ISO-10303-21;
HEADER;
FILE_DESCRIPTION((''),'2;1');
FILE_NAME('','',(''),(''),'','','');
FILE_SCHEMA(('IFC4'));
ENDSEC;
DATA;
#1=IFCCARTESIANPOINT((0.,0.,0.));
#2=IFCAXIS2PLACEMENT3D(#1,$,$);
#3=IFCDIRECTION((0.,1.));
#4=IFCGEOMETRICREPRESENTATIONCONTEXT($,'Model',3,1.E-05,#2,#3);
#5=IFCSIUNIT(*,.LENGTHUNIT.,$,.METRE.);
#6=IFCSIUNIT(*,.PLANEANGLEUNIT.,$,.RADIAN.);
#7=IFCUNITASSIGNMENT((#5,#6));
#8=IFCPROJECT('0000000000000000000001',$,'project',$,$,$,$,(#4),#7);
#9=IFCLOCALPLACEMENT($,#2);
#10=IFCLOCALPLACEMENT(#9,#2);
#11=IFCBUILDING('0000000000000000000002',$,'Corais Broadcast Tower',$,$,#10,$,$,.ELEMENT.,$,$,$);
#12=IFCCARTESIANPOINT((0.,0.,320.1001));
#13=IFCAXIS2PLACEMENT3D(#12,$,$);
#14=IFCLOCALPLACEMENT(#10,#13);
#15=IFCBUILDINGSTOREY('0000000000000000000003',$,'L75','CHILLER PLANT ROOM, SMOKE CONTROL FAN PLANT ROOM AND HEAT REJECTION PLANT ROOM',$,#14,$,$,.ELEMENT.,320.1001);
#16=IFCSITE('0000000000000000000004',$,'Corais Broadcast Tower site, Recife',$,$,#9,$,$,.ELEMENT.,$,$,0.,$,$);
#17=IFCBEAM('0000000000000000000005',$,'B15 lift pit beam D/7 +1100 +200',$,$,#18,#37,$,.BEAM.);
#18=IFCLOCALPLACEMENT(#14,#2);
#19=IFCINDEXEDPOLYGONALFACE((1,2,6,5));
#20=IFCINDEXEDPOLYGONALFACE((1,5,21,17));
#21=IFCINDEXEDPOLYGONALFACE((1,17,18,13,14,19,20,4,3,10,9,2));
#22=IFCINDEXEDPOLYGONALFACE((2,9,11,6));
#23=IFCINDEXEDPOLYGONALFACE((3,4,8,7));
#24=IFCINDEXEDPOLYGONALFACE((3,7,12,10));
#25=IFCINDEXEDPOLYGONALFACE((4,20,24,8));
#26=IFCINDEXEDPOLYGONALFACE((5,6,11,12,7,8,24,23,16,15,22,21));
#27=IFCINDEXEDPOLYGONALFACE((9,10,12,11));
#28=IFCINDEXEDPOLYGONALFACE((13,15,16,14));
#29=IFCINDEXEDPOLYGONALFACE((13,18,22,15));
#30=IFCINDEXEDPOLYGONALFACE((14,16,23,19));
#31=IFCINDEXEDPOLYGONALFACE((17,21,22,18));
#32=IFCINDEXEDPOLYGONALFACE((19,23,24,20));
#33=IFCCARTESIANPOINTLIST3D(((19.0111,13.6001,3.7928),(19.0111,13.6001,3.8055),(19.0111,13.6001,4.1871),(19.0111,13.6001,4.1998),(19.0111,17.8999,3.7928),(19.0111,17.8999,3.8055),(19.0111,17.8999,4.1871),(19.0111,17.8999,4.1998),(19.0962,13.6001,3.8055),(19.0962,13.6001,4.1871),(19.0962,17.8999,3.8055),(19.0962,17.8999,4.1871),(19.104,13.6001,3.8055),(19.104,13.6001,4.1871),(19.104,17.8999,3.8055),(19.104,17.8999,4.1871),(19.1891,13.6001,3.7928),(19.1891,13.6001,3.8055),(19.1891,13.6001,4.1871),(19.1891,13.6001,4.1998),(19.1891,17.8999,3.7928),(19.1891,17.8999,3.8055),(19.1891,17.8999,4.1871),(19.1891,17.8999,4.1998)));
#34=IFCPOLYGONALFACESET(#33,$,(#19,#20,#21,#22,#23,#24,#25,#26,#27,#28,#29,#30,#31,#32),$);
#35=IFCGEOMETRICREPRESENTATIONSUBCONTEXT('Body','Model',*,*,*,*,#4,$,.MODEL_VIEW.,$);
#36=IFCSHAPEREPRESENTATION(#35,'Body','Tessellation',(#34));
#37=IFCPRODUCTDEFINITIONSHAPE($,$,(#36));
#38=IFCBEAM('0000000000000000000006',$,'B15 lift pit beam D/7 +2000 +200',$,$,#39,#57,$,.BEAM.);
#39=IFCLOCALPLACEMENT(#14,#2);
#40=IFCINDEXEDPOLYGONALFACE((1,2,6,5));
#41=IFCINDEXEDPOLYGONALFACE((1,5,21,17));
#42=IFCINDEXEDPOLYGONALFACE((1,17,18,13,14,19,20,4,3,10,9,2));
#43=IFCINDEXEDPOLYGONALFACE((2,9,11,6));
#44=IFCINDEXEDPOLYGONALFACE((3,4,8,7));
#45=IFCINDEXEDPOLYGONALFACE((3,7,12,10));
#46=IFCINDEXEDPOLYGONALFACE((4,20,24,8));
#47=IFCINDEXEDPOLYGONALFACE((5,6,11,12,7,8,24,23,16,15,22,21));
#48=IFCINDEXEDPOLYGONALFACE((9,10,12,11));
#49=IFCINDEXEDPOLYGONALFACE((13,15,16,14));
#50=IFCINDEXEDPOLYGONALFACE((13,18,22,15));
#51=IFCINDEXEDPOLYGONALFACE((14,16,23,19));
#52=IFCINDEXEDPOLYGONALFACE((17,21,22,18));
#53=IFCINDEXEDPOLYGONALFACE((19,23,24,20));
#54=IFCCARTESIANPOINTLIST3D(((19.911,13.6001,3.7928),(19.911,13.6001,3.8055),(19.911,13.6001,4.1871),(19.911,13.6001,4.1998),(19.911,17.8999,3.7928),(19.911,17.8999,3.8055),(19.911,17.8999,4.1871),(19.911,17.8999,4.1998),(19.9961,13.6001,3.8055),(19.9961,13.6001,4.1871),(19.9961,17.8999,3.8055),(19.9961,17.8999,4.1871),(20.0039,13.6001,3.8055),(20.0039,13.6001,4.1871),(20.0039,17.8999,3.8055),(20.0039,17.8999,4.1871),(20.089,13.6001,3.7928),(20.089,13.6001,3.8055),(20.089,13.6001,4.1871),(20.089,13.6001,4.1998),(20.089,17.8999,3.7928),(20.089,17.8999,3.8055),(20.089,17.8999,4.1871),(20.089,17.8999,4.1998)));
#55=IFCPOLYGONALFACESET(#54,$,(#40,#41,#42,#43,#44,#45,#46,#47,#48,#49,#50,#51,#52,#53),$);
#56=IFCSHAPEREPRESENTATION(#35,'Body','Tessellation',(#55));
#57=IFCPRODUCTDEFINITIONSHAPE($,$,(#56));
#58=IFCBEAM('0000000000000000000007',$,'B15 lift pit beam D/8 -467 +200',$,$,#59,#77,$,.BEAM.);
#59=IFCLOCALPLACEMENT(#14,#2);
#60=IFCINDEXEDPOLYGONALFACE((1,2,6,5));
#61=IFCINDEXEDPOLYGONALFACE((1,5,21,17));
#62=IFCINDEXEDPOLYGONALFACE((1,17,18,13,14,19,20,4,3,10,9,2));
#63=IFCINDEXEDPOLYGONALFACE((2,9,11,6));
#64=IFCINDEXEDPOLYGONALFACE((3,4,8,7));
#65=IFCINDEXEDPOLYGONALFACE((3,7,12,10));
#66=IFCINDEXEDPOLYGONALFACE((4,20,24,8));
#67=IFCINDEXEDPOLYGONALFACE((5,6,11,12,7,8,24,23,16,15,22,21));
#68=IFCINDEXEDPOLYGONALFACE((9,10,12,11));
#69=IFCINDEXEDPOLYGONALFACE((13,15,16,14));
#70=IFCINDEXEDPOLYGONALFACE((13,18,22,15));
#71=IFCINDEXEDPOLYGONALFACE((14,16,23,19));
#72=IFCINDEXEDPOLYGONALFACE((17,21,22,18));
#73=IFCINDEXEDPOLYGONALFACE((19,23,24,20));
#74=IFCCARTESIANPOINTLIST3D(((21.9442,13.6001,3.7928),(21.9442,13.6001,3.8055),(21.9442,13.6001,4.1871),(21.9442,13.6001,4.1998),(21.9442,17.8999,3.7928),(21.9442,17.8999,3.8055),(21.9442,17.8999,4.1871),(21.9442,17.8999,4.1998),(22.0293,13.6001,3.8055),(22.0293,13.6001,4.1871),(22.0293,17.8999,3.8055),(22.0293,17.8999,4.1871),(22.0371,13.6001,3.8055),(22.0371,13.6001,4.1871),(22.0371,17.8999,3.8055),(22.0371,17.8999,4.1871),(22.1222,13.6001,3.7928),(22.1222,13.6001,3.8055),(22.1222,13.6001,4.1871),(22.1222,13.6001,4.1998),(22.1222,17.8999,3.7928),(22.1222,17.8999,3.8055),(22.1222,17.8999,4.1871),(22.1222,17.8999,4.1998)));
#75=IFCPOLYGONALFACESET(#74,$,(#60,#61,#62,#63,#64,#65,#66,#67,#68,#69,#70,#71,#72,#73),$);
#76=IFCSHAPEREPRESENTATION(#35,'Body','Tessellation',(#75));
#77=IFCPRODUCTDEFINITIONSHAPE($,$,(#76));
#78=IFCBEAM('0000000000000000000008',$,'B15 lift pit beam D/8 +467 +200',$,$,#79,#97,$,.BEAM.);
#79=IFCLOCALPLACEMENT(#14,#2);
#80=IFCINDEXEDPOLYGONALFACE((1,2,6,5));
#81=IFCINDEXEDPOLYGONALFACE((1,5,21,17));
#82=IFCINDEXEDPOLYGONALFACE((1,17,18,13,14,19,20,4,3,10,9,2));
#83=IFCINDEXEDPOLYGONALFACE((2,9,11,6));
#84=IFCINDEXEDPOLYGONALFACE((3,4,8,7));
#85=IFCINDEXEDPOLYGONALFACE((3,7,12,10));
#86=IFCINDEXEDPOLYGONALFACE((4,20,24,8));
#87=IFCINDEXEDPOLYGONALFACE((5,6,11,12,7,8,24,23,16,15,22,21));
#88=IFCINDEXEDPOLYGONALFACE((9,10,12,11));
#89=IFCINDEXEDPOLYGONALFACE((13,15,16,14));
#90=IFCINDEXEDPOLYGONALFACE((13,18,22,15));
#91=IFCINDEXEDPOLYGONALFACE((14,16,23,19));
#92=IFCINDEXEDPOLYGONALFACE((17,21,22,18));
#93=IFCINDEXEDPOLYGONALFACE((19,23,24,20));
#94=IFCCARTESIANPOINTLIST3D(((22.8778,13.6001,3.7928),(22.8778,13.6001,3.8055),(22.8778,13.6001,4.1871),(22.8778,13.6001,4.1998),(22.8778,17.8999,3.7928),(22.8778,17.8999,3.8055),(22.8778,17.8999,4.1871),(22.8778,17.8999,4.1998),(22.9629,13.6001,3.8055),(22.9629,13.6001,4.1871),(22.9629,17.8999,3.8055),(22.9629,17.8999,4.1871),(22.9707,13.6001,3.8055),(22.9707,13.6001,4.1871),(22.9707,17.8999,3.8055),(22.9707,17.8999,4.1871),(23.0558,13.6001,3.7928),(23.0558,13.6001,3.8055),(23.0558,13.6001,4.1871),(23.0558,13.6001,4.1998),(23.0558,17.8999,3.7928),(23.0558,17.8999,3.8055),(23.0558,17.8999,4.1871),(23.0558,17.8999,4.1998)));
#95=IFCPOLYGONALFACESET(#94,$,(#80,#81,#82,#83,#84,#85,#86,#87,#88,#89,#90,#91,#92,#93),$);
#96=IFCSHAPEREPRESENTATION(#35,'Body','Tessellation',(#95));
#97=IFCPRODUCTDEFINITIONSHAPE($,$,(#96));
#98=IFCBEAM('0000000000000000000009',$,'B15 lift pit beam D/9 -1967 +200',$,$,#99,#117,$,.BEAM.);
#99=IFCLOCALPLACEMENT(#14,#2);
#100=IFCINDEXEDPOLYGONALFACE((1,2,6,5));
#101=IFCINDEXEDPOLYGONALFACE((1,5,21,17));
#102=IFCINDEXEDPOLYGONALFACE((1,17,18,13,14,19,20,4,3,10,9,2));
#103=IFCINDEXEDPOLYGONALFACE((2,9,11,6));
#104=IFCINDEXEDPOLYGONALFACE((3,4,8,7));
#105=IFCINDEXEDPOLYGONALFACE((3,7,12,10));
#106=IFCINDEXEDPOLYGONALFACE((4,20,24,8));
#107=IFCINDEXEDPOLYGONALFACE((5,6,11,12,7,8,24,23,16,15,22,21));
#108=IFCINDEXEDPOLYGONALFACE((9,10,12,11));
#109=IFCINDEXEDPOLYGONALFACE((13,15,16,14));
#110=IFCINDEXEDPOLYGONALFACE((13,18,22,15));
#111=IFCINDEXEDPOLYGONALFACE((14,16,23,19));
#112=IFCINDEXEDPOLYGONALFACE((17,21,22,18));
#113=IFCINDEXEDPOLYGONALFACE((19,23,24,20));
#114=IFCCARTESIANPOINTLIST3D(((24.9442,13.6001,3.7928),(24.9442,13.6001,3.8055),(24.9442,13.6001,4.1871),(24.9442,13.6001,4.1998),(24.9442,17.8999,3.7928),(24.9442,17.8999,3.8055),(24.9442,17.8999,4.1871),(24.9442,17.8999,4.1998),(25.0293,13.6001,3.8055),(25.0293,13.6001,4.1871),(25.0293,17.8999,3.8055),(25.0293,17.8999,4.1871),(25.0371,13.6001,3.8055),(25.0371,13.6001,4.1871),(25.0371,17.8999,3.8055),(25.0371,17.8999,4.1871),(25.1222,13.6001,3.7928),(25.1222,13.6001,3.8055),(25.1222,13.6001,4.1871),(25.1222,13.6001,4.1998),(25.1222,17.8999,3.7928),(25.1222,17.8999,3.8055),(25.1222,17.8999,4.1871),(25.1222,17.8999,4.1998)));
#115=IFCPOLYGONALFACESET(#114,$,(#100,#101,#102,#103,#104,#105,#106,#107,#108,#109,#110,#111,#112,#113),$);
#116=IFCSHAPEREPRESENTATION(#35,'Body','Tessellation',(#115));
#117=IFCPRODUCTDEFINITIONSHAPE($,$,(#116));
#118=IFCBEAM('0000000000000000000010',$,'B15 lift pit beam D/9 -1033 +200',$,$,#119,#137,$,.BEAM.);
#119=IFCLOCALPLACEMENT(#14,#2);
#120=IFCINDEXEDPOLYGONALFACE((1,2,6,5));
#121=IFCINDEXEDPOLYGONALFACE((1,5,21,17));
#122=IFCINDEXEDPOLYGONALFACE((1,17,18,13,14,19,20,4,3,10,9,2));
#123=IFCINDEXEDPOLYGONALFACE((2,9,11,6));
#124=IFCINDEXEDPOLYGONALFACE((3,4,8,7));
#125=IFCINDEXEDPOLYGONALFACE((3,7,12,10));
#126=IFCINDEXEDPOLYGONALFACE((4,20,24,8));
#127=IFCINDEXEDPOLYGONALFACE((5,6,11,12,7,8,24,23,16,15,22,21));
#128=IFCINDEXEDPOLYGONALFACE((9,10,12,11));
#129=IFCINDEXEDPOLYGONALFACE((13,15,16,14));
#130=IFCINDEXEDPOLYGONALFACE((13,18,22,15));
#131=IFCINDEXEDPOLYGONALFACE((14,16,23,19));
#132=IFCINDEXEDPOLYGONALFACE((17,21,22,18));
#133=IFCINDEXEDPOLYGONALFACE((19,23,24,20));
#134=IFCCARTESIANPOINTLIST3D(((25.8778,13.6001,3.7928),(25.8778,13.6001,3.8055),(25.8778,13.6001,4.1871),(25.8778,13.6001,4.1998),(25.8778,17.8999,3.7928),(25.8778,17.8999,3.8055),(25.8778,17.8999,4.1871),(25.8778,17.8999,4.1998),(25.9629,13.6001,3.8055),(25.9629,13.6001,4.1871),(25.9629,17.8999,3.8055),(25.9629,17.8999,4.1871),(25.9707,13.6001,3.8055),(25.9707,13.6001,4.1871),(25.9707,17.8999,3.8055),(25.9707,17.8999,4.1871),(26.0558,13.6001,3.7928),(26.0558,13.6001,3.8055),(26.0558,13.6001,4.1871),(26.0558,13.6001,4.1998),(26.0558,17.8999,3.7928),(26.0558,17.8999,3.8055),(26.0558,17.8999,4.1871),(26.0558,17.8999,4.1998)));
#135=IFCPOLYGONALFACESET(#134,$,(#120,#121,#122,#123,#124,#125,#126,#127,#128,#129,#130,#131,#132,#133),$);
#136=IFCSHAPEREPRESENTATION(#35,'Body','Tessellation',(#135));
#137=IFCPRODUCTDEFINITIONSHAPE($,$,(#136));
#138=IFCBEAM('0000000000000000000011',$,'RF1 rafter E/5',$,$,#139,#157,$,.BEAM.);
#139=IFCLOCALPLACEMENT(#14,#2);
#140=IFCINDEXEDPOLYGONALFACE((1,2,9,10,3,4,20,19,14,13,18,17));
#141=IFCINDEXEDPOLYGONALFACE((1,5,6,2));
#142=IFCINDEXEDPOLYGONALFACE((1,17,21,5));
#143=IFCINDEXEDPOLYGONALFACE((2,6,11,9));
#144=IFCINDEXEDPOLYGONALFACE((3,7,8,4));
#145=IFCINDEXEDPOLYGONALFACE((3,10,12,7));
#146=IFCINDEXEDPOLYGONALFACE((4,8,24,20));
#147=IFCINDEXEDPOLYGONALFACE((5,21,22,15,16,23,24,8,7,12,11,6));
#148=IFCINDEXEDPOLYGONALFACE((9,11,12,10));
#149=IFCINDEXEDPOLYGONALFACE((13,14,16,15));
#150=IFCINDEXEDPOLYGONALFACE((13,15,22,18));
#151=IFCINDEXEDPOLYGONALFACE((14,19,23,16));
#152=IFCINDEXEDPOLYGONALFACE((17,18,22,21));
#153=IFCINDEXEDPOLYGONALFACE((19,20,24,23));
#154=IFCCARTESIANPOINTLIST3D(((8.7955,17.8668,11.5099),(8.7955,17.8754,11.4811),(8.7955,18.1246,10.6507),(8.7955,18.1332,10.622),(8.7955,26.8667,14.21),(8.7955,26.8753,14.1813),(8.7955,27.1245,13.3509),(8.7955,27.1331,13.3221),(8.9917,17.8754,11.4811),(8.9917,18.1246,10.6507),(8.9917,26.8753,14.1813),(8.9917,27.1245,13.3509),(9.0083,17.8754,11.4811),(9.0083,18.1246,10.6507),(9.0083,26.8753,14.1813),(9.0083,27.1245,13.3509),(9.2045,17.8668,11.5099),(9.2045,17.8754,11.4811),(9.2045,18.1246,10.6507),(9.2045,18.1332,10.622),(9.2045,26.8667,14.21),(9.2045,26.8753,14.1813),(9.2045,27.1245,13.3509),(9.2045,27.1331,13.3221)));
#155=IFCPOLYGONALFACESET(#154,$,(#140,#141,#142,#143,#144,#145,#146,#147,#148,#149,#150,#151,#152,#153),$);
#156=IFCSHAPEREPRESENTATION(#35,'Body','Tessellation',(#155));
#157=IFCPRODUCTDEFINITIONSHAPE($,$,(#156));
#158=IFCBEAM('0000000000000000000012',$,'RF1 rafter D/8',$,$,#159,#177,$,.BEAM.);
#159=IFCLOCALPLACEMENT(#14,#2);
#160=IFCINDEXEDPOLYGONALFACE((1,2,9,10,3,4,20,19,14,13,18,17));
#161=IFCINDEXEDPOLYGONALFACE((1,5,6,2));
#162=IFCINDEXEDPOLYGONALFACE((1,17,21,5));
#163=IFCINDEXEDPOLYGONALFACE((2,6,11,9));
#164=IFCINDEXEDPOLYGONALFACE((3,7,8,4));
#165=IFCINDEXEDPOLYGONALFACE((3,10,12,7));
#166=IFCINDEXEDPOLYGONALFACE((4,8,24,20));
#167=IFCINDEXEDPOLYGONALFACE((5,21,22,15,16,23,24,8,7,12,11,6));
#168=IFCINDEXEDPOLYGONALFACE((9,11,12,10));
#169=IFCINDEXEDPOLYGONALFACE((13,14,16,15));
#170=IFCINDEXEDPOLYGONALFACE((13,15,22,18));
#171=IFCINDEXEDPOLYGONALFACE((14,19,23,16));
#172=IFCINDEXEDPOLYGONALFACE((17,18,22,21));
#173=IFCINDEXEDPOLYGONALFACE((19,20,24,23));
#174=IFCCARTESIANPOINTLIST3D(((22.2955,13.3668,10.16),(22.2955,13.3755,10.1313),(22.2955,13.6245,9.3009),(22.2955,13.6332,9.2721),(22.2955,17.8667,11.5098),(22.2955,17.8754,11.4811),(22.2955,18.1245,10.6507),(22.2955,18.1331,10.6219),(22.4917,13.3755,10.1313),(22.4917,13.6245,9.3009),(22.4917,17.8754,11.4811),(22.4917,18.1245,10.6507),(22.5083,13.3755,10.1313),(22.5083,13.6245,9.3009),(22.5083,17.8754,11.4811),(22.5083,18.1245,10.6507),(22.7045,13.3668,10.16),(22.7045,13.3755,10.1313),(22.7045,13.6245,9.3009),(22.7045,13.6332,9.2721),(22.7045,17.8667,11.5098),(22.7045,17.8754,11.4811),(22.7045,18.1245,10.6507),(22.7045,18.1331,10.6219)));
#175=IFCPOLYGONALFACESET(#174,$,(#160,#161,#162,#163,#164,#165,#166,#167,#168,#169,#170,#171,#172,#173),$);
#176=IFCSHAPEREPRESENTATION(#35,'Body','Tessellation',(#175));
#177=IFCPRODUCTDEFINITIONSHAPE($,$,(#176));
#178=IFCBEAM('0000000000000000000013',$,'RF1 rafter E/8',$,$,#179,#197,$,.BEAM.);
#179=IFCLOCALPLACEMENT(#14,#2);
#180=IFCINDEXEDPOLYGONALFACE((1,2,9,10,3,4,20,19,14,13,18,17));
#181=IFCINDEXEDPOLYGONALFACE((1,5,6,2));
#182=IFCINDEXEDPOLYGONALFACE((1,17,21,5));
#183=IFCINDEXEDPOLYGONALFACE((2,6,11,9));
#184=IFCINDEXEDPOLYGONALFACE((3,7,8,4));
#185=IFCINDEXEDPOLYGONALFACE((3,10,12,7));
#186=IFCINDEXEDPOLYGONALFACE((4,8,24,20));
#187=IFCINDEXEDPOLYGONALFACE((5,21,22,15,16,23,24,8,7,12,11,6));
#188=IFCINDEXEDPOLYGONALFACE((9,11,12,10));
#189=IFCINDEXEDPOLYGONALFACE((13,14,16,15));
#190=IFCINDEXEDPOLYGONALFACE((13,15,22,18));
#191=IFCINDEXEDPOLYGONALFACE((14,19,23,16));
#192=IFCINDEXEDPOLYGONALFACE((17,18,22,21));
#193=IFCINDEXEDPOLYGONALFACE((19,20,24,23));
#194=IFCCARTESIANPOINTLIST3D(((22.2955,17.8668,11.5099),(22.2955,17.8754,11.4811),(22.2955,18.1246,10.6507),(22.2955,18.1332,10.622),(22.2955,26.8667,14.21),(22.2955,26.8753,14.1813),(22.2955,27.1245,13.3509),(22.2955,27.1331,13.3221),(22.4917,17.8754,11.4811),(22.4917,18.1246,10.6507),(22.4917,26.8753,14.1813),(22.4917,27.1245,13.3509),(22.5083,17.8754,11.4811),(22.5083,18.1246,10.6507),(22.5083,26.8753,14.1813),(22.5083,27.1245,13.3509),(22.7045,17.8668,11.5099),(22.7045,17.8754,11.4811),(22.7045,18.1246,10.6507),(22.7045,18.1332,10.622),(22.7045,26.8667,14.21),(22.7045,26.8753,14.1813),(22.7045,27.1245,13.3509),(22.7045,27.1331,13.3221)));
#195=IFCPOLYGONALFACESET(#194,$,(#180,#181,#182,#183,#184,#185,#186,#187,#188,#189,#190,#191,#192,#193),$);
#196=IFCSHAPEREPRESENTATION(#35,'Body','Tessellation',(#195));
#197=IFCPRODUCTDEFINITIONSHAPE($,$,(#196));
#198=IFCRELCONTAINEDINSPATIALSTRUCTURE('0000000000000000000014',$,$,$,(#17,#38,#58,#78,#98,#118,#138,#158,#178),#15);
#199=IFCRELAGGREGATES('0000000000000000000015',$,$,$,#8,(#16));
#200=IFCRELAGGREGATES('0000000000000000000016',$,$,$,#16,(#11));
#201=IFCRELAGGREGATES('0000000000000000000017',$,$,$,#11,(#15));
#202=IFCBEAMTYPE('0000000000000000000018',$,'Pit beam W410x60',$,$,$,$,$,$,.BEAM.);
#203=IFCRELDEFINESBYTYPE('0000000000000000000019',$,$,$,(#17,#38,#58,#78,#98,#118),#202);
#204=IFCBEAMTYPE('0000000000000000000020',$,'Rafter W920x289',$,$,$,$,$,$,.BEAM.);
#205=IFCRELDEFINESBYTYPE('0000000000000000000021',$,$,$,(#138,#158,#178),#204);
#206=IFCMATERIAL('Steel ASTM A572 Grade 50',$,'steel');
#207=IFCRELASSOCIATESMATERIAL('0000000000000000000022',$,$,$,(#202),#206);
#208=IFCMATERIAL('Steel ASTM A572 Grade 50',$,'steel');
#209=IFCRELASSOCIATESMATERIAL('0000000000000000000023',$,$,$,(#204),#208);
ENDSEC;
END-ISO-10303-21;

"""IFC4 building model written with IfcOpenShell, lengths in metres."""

from ifc_helpers import new_model, si_unit, direction, frame, origin, origin_2d, place, context, subcontext, project, spatial, i_section, extrude, material, material_profile, profile_set, type_object, element, save


model = new_model("IFC4")

# Units and contexts
model_context = context("Model", 3, precision=1e-05, world=origin(), true_north=direction((0.0, 1.0)))
body_context = subcontext(model_context, "Body", "Model", "MODEL_VIEW")
ifc_project = project(units=[si_unit("LENGTHUNIT", "METRE"), si_unit("PLANEANGLEUNIT", "RADIAN")], contexts=[model_context])

# Site, building, storey
site_placement = place(None, origin())
site = spatial("IfcSite", under=ifc_project, at=site_placement, Name="Corais Broadcast Tower site, Recife", CompositionType="ELEMENT", RefElevation=0.0)
building_placement = place(site_placement, origin())
building = spatial("IfcBuilding", under=site, at=building_placement, Name="Corais Broadcast Tower", CompositionType="ELEMENT")
storey_placement = place(building_placement, frame((0.0, 0.0, 320.1001)))
storey = spatial("IfcBuildingStorey", under=building, at=storey_placement, Name="L75", Description="CHILLER PLANT ROOM, SMOKE CONTROL FAN PLANT ROOM AND HEAT REJECTION PLANT ROOM", CompositionType="ELEMENT", Elevation=320.1001)

# Beams
ifc_material_1 = material(Name="Steel ASTM A572 Grade 50", Category="steel")
ifc_material_profile_1 = material_profile(ifc_material_1, i_section(OverallWidth=0.178, OverallDepth=0.407, WebThickness=0.0078, FlangeThickness=0.0127, at=origin_2d()), Name="W410x60")
ifc_profile_set_1 = profile_set([ifc_material_profile_1], Name="Steel ASTM A572 Grade 50")
beam_type_1 = type_object("IfcBeamType", Name="Pit beam W410x60", PredefinedType="BEAM", material=ifc_profile_set_1)
for number, where, z_axis, x_axis, name in (
    (1, (19.1001, 13.6001, 3.9963), (0.0, 1.0, 0.0), (-1.0, 0.0, 0.0), "B15 lift pit beam D/7 +1100 +200"),
    (2, (20.0, 13.6001, 3.9963), (0.0, 1.0, 0.0), (-1.0, 0.0, 0.0), "B15 lift pit beam D/7 +2000 +200"),
    (3, (22.0332, 13.6001, 3.9963), (0.0, 1.0, 0.0), (-1.0, 0.0, 0.0), "B15 lift pit beam D/8 -467 +200"),
    (4, (22.9668, 13.6001, 3.9963), (0.0, 1.0, 0.0), (-1.0, 0.0, 0.0), "B15 lift pit beam D/8 +467 +200"),
    (5, (25.0332, 13.6001, 3.9963), (0.0, 1.0, 0.0), (-1.0, 0.0, 0.0), "B15 lift pit beam D/9 -1967 +200"),
    (6, (25.9668, 13.6001, 3.9963), (0.0, 1.0, 0.0), (-1.0, 0.0, 0.0), "B15 lift pit beam D/9 -1033 +200"),
):
    element("IfcBeam", number, at=place(storey_placement, frame(where, z_axis=z_axis, x_axis=x_axis)), inside=storey, type_object=beam_type_1, Name=name, PredefinedType="BEAM", context=body_context, shape_type="SweptSolid", body=[
        extrude(i_section(OverallWidth=0.178, OverallDepth=0.407, WebThickness=0.0078, FlangeThickness=0.0127, at=origin_2d()), origin(), (0.0, 0.0, 1.0), 4.2998),
    ])
ifc_material_2 = material(Name="Steel ASTM A572 Grade 50", Category="steel")
ifc_material_profile_2 = material_profile(ifc_material_2, i_section(OverallWidth=0.4089, OverallDepth=0.927, WebThickness=0.0166, FlangeThickness=0.03, at=origin_2d()), Name="W920x289")
ifc_profile_set_2 = profile_set([ifc_material_profile_2], Name="Steel ASTM A572 Grade 50")
beam_type_2 = type_object("IfcBeamType", Name="Rafter W920x289", PredefinedType="BEAM", material=ifc_profile_set_2)
beam_1_placement = place(storey_placement, frame((9.0, 18.0, 11.0659), z_axis=(0.0, 0.957821, 0.287367), x_axis=(-1.0, 0.0, 0.0)))
element("IfcBeam", 7, at=beam_1_placement, inside=storey, type_object=beam_type_2, Name="RF1 rafter E/5", PredefinedType="BEAM", context=body_context, shape_type="SweptSolid", body=[
    extrude(i_section(OverallWidth=0.4089, OverallDepth=0.927, WebThickness=0.0166, FlangeThickness=0.03, at=origin_2d()), origin(), (0.0, 0.0, 1.0), 9.3962),
])
beam_2_placement = place(storey_placement, frame((22.5, 13.5, 9.7161), z_axis=(0.0, 0.957835, 0.287319), x_axis=(-1.0, 0.0, 0.0)))
element("IfcBeam", 8, at=beam_2_placement, inside=storey, type_object=beam_type_2, Name="RF1 rafter D/8", PredefinedType="BEAM", context=body_context, shape_type="SweptSolid", body=[
    extrude(i_section(OverallWidth=0.4089, OverallDepth=0.927, WebThickness=0.0166, FlangeThickness=0.03, at=origin_2d()), origin(), (0.0, 0.0, 1.0), 4.698),
])
beam_3_placement = place(storey_placement, frame((22.5, 18.0, 11.0659), z_axis=(0.0, 0.957821, 0.287367), x_axis=(-1.0, 0.0, 0.0)))
element("IfcBeam", 9, at=beam_3_placement, inside=storey, type_object=beam_type_2, Name="RF1 rafter E/8", PredefinedType="BEAM", context=body_context, shape_type="SweptSolid", body=[
    extrude(i_section(OverallWidth=0.4089, OverallDepth=0.927, WebThickness=0.0166, FlangeThickness=0.03, at=origin_2d()), origin(), (0.0, 0.0, 1.0), 9.3962),
])

save(model, "model.ifc")
